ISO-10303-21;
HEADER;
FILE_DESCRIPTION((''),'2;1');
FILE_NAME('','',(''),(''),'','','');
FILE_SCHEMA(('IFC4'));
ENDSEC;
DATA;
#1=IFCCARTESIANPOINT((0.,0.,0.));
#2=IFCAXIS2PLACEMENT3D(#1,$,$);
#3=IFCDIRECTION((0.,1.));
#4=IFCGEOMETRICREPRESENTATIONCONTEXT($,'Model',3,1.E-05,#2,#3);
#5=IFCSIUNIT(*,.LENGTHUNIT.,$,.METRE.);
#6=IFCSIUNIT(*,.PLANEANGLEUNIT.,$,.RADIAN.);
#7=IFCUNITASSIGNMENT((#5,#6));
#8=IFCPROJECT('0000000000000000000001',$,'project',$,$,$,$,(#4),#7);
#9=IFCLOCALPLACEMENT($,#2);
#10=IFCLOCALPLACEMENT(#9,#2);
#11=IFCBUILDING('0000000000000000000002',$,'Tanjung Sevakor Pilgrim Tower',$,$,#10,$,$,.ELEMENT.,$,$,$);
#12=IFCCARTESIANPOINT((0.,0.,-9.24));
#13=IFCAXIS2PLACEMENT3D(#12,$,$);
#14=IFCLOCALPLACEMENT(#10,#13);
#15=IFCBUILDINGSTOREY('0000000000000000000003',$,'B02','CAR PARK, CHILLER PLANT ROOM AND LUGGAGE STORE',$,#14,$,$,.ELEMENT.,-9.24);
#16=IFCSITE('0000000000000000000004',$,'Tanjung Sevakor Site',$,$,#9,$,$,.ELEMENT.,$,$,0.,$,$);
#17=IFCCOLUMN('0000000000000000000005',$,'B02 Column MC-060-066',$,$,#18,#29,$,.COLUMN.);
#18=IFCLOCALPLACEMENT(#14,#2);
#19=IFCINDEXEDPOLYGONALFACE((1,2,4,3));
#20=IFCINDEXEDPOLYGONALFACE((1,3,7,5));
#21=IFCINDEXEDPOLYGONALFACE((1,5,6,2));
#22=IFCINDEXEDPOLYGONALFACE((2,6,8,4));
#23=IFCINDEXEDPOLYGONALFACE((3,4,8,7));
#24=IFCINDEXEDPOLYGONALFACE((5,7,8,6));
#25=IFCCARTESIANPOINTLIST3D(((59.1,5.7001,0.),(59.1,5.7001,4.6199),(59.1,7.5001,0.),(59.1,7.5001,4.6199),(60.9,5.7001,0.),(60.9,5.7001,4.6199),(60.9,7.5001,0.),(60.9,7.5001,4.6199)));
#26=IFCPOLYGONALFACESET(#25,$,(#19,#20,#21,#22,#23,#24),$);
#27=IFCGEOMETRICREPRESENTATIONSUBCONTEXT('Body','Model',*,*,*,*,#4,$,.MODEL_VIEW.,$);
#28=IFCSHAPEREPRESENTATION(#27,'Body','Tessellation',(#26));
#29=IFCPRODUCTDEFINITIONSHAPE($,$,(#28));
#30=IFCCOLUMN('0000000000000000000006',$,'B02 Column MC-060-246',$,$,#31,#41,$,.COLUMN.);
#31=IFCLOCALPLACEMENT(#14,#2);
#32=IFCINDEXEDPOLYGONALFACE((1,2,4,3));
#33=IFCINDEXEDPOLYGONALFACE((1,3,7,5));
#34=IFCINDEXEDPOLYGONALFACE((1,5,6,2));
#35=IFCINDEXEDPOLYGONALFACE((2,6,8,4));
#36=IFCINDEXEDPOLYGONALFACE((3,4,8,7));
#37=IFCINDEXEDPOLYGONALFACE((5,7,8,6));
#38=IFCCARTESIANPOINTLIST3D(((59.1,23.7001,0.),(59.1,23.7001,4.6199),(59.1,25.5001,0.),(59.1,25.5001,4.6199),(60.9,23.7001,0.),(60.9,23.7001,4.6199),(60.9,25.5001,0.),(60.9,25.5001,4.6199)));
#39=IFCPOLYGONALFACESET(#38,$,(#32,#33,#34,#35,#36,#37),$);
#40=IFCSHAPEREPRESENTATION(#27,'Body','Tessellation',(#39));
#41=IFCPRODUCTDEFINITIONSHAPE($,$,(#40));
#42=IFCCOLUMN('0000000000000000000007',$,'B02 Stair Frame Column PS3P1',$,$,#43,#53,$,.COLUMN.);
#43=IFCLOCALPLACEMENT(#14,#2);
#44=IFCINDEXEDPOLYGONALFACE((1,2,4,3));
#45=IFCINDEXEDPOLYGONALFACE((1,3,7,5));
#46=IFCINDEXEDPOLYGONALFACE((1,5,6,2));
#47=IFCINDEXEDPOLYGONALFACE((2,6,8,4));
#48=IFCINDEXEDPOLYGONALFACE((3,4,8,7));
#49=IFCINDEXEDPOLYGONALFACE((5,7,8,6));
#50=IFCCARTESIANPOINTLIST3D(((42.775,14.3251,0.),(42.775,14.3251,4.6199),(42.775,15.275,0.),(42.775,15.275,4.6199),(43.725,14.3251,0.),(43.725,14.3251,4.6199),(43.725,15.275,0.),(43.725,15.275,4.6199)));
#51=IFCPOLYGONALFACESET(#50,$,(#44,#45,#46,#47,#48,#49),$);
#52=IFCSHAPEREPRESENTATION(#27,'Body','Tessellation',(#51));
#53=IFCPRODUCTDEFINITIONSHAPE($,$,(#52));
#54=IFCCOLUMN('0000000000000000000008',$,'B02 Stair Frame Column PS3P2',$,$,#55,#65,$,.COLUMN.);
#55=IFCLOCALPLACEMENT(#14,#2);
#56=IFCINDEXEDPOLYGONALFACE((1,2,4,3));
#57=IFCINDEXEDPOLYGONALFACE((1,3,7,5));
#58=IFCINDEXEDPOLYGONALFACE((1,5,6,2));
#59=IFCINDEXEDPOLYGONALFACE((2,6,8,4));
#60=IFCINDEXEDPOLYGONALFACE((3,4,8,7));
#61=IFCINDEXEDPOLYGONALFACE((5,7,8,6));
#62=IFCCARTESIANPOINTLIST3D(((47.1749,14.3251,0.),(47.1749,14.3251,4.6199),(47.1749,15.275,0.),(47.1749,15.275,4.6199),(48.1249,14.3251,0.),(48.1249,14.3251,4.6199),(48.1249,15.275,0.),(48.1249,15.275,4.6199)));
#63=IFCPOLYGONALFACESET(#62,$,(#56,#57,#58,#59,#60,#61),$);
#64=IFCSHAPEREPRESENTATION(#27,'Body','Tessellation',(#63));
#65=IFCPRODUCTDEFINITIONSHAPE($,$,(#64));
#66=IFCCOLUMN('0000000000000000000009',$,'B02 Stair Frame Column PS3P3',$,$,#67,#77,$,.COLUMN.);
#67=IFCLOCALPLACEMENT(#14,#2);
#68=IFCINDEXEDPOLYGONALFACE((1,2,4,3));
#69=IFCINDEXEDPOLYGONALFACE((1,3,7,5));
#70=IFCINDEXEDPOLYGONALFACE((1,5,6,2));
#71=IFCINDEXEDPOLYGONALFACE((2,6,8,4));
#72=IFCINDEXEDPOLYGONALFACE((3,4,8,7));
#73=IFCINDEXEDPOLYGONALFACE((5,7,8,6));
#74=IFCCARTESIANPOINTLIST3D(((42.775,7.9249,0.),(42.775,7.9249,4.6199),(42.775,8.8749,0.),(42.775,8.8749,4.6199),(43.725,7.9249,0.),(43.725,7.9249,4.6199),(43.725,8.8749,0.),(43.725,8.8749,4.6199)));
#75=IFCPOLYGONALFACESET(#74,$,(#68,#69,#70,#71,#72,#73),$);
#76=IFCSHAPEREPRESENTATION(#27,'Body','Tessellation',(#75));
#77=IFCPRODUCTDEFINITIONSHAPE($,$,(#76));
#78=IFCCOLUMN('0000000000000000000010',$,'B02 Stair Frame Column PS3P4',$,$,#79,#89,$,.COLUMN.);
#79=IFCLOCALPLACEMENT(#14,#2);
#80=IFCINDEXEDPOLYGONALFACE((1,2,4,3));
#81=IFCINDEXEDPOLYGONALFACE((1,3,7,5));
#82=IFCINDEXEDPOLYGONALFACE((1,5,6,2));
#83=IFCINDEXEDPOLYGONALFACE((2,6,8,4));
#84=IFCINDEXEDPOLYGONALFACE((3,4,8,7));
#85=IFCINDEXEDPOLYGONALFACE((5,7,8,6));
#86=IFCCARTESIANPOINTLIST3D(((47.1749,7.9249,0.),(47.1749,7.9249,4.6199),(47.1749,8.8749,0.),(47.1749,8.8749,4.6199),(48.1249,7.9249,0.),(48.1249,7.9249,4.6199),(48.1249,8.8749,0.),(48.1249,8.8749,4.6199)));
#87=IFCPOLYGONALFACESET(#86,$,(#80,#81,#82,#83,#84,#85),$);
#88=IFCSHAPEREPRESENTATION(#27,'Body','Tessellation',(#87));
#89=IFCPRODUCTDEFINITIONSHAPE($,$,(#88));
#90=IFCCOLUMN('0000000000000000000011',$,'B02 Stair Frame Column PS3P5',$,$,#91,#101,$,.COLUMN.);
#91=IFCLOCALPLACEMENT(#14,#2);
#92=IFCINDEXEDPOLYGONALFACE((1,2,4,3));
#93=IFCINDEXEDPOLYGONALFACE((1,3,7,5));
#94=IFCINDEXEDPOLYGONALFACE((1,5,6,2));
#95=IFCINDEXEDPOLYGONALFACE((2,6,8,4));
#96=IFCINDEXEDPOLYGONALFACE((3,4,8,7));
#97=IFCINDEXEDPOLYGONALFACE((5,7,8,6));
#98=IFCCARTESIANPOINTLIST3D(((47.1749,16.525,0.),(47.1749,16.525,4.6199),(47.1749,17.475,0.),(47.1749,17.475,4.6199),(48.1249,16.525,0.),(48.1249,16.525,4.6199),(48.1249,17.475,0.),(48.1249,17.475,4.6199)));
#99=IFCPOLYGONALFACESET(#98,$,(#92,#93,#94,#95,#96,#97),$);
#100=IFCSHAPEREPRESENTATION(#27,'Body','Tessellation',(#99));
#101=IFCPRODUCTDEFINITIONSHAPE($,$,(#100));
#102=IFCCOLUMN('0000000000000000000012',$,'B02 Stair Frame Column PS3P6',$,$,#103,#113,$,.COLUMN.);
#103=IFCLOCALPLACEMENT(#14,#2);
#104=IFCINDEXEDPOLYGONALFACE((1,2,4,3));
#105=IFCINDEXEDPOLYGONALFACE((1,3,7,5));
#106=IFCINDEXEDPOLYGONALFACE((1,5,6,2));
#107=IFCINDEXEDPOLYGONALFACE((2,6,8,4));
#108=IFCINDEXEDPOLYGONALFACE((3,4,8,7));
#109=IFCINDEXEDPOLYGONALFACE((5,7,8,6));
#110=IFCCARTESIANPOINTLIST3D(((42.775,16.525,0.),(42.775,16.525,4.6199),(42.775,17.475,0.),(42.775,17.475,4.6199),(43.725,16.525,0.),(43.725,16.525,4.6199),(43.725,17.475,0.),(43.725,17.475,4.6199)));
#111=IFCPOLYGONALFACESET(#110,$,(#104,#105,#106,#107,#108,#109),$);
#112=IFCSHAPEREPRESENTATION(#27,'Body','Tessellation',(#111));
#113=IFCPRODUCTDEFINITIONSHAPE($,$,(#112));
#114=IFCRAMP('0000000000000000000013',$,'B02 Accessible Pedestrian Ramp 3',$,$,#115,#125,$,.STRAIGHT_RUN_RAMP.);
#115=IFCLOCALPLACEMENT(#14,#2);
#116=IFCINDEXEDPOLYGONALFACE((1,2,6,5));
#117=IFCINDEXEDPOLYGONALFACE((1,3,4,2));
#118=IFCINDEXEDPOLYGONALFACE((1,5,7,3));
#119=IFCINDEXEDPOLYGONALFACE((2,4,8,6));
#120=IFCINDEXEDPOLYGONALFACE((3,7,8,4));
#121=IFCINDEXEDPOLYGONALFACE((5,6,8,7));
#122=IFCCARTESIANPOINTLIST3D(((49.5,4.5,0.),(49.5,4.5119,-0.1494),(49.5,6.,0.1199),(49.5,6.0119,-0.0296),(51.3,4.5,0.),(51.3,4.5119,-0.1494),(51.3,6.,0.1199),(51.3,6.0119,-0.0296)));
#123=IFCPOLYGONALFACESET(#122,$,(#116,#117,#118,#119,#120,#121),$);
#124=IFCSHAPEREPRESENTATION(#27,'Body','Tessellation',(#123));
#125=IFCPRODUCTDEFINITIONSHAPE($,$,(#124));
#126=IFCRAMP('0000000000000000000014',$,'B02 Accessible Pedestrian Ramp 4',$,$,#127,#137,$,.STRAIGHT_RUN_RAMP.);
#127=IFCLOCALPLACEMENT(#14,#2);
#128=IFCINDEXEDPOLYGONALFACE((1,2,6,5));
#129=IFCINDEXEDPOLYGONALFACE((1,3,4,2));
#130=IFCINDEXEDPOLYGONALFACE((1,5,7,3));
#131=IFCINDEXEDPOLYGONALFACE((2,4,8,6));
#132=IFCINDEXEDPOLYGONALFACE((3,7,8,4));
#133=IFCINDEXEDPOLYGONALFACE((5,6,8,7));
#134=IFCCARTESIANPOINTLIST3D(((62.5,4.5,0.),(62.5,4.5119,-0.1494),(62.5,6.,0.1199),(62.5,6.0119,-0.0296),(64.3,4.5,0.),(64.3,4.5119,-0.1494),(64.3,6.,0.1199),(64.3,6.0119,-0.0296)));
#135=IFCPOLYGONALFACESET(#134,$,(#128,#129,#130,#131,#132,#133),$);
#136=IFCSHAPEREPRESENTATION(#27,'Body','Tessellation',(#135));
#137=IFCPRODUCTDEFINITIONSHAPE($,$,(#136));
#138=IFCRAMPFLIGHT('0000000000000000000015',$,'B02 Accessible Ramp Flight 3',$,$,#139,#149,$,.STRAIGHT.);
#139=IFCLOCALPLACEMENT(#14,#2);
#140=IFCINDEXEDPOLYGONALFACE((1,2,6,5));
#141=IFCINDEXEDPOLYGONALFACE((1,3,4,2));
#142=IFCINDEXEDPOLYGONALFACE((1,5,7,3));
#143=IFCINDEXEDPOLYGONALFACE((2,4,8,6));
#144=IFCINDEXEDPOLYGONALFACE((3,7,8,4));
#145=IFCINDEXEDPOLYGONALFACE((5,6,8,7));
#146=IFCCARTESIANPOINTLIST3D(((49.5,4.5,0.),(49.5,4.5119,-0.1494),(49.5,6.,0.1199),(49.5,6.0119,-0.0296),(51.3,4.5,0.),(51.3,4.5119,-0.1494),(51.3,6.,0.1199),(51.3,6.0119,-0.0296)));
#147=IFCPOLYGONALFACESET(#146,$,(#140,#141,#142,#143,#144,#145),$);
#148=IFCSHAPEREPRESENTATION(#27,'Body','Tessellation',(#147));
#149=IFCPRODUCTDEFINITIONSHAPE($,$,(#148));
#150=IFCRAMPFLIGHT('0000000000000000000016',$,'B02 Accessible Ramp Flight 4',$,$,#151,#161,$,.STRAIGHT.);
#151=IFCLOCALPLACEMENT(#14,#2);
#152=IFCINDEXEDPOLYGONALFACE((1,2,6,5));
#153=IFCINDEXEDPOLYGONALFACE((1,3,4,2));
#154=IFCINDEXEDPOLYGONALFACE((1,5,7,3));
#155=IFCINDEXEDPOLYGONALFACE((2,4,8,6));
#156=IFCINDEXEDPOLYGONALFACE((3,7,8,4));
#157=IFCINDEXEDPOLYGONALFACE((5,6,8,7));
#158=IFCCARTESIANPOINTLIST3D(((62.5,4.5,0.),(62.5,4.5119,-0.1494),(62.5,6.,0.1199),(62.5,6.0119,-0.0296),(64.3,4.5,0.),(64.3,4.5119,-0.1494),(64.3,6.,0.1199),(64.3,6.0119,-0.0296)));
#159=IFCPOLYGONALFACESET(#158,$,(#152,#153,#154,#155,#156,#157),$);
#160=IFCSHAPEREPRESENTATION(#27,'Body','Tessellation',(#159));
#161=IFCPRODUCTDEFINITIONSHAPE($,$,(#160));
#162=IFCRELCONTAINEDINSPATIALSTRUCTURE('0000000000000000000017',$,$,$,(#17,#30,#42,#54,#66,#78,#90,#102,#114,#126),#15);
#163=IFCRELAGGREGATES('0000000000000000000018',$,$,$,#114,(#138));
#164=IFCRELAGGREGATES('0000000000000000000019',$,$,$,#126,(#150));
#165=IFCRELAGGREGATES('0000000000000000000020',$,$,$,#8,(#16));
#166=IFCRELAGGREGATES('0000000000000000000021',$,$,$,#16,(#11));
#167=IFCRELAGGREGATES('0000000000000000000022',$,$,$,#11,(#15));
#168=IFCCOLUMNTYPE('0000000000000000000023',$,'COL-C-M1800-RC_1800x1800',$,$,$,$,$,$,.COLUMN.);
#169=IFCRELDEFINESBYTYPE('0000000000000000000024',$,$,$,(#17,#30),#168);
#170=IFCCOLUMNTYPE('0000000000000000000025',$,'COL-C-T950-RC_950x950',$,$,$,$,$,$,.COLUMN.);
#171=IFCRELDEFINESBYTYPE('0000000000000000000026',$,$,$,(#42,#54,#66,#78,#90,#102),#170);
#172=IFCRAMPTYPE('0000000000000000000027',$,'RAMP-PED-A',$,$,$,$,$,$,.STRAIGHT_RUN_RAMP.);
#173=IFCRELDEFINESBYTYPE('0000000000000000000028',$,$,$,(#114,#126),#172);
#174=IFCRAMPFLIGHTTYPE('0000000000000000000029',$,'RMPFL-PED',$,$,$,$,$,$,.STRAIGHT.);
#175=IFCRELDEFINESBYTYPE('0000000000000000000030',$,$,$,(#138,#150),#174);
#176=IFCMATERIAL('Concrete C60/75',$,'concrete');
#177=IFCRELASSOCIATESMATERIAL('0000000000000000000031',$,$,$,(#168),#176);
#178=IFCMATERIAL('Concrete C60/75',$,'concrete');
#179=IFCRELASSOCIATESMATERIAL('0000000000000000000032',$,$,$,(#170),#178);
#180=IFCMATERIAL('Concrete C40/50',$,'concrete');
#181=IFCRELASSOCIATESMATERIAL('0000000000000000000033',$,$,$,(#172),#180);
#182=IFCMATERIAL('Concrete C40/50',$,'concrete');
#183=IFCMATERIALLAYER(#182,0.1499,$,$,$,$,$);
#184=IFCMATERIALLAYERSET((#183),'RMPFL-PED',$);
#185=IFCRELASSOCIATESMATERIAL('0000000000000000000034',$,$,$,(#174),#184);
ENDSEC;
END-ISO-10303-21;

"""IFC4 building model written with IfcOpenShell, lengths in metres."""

from ifc_helpers import new_model, si_unit, direction, frame, origin, origin_2d, place, context, subcontext, project, spatial, polyline, rectangle, outline, extrude, material, layer, layer_set, material_profile, profile_set, type_object, element, aggregate, save


model = new_model("IFC4")

# Units and contexts
model_context = context("Model", 3, precision=1e-05, world=origin(), true_north=direction((0.0, 1.0)))
body_context = subcontext(model_context, "Body", "Model", "MODEL_VIEW")
ifc_project = project(units=[si_unit("LENGTHUNIT", "METRE"), si_unit("PLANEANGLEUNIT", "RADIAN")], contexts=[model_context])

# Site, building, storey
site_placement = place(None, origin())
site = spatial("IfcSite", under=ifc_project, at=site_placement, Name="Tanjung Sevakor Site", CompositionType="ELEMENT", RefElevation=0.0)
building_placement = place(site_placement, origin())
building = spatial("IfcBuilding", under=site, at=building_placement, Name="Tanjung Sevakor Pilgrim Tower", CompositionType="ELEMENT")
storey_placement = place(building_placement, frame((0.0, 0.0, -9.24)))
storey = spatial("IfcBuildingStorey", under=building, at=storey_placement, Name="B02", Description="CAR PARK, CHILLER PLANT ROOM AND LUGGAGE STORE", CompositionType="ELEMENT", Elevation=-9.24)

# Columns
ifc_material_1 = material(Name="Concrete C60/75", Category="concrete")
ifc_material_profile_1 = material_profile(ifc_material_1, rectangle(XDim=1.8, YDim=1.8, at=origin_2d()))
ifc_profile_set_1 = profile_set([ifc_material_profile_1], Name="Concrete C60/75")
column_type_1 = type_object("IfcColumnType", Name="COL-C-M1800-RC_1800x1800", PredefinedType="COLUMN", material=ifc_profile_set_1)
for number, where, z_axis, x_axis, name in (
    (1, (60.0, 6.6001, 0.0), (0.0, 0.0, 1.0), (1.0, 0.0, 0.0), "B02 Column MC-060-066"),
    (2, (60.0, 24.6001, 0.0), (0.0, 0.0, 1.0), (1.0, 0.0, 0.0), "B02 Column MC-060-246"),
):
    element("IfcColumn", number, at=place(storey_placement, frame(where, z_axis=z_axis, x_axis=x_axis)), inside=storey, type_object=column_type_1, Name=name, PredefinedType="COLUMN", context=body_context, shape_type="SweptSolid", body=[
        extrude(rectangle(XDim=1.8, YDim=1.8, at=origin_2d()), origin(), (0.0, 0.0, 1.0), 4.6199),
    ])
ifc_material_2 = material(Name="Concrete C60/75", Category="concrete")
ifc_material_profile_2 = material_profile(ifc_material_2, rectangle(XDim=0.95, YDim=0.95, at=origin_2d()))
ifc_profile_set_2 = profile_set([ifc_material_profile_2], Name="Concrete C60/75")
column_type_2 = type_object("IfcColumnType", Name="COL-C-T950-RC_950x950", PredefinedType="COLUMN", material=ifc_profile_set_2)
for number, where, z_axis, x_axis, name in (
    (3, (43.25, 14.8, 0.0), (0.0, 0.0, 1.0), (1.0, 0.0, 0.0), "B02 Stair Frame Column PS3P1"),
    (4, (47.6499, 14.8, 0.0), (0.0, 0.0, 1.0), (1.0, 0.0, 0.0), "B02 Stair Frame Column PS3P2"),
    (5, (43.25, 8.3999, 0.0), (0.0, 0.0, 1.0), (1.0, 0.0, 0.0), "B02 Stair Frame Column PS3P3"),
    (6, (47.6499, 8.3999, 0.0), (0.0, 0.0, 1.0), (1.0, 0.0, 0.0), "B02 Stair Frame Column PS3P4"),
    (7, (47.6499, 17.0, 0.0), (0.0, 0.0, 1.0), (1.0, 0.0, 0.0), "B02 Stair Frame Column PS3P5"),
    (8, (43.25, 17.0, 0.0), (0.0, 0.0, 1.0), (1.0, 0.0, 0.0), "B02 Stair Frame Column PS3P6"),
):
    element("IfcColumn", number, at=place(storey_placement, frame(where, z_axis=z_axis, x_axis=x_axis)), inside=storey, type_object=column_type_2, Name=name, PredefinedType="COLUMN", context=body_context, shape_type="SweptSolid", body=[
        extrude(rectangle(XDim=0.95, YDim=0.95, at=origin_2d()), origin(), (0.0, 0.0, 1.0), 4.6199),
    ])

# Ramps
ifc_material_3 = material(Name="Concrete C40/50", Category="concrete")
ramp_type = type_object("IfcRampType", Name="RAMP-PED-A", PredefinedType="STRAIGHT_RUN_RAMP", material=ifc_material_3)
ramp_1_placement = place(storey_placement, frame((49.5, 4.5, 0.0), z_axis=(0.0, -0.079661, 0.996822), x_axis=(1.0, 0.0, 0.0)))
ramp_1 = element("IfcRamp", 9, at=ramp_1_placement, inside=storey, type_object=ramp_type, Name="B02 Accessible Pedestrian Ramp 3", PredefinedType="STRAIGHT_RUN_RAMP", context=body_context, shape_type="SweptSolid", body=[
    extrude(outline(polyline([(0.0, 0.0), (1.8, 0.0), (1.8, 1.5048), (0.0, 1.5048), (0.0, 0.0)])), origin(), (0.0, 0.0, -1.0), 0.1499),
])
ramp_2_placement = place(storey_placement, frame((62.5, 4.5, 0.0), z_axis=(0.0, -0.079661, 0.996822), x_axis=(1.0, 0.0, 0.0)))
ramp_2 = element("IfcRamp", 10, at=ramp_2_placement, inside=storey, type_object=ramp_type, Name="B02 Accessible Pedestrian Ramp 4", PredefinedType="STRAIGHT_RUN_RAMP", context=body_context, shape_type="SweptSolid", body=[
    extrude(outline(polyline([(0.0, 0.0), (1.8, 0.0), (1.8, 1.5048), (0.0, 1.5048), (0.0, 0.0)])), origin(), (0.0, 0.0, -1.0), 0.1499),
])

# Ramp flights
ifc_material_4 = material(Name="Concrete C40/50", Category="concrete")
ifc_layer = layer(ifc_material_4, 0.1499)
ifc_layer_set = layer_set([ifc_layer], Name="RMPFL-PED")
ramp_flight_type = type_object("IfcRampFlightType", Name="RMPFL-PED", PredefinedType="STRAIGHT", material=ifc_layer_set)
ramp_flight_1_placement = place(storey_placement, frame((49.5, 4.5, 0.0), z_axis=(0.0, -0.079661, 0.996822), x_axis=(1.0, 0.0, 0.0)))
ramp_flight_1 = element("IfcRampFlight", 11, at=ramp_flight_1_placement, type_object=ramp_flight_type, Name="B02 Accessible Ramp Flight 3", PredefinedType="STRAIGHT", context=body_context, shape_type="SweptSolid", body=[
    extrude(outline(polyline([(0.0, 0.0), (1.8, 0.0), (1.8, 1.5048), (0.0, 1.5048), (0.0, 0.0)])), origin(), (0.0, 0.0, -1.0), 0.1499),
])
aggregate(ramp_1, [ramp_flight_1])
ramp_flight_2_placement = place(storey_placement, frame((62.5, 4.5, 0.0), z_axis=(0.0, -0.079661, 0.996822), x_axis=(1.0, 0.0, 0.0)))
ramp_flight_2 = element("IfcRampFlight", 12, at=ramp_flight_2_placement, type_object=ramp_flight_type, Name="B02 Accessible Ramp Flight 4", PredefinedType="STRAIGHT", context=body_context, shape_type="SweptSolid", body=[
    extrude(outline(polyline([(0.0, 0.0), (1.8, 0.0), (1.8, 1.5048), (0.0, 1.5048), (0.0, 0.0)])), origin(), (0.0, 0.0, -1.0), 0.1499),
])
aggregate(ramp_2, [ramp_flight_2])

save(model, "model.ifc")
